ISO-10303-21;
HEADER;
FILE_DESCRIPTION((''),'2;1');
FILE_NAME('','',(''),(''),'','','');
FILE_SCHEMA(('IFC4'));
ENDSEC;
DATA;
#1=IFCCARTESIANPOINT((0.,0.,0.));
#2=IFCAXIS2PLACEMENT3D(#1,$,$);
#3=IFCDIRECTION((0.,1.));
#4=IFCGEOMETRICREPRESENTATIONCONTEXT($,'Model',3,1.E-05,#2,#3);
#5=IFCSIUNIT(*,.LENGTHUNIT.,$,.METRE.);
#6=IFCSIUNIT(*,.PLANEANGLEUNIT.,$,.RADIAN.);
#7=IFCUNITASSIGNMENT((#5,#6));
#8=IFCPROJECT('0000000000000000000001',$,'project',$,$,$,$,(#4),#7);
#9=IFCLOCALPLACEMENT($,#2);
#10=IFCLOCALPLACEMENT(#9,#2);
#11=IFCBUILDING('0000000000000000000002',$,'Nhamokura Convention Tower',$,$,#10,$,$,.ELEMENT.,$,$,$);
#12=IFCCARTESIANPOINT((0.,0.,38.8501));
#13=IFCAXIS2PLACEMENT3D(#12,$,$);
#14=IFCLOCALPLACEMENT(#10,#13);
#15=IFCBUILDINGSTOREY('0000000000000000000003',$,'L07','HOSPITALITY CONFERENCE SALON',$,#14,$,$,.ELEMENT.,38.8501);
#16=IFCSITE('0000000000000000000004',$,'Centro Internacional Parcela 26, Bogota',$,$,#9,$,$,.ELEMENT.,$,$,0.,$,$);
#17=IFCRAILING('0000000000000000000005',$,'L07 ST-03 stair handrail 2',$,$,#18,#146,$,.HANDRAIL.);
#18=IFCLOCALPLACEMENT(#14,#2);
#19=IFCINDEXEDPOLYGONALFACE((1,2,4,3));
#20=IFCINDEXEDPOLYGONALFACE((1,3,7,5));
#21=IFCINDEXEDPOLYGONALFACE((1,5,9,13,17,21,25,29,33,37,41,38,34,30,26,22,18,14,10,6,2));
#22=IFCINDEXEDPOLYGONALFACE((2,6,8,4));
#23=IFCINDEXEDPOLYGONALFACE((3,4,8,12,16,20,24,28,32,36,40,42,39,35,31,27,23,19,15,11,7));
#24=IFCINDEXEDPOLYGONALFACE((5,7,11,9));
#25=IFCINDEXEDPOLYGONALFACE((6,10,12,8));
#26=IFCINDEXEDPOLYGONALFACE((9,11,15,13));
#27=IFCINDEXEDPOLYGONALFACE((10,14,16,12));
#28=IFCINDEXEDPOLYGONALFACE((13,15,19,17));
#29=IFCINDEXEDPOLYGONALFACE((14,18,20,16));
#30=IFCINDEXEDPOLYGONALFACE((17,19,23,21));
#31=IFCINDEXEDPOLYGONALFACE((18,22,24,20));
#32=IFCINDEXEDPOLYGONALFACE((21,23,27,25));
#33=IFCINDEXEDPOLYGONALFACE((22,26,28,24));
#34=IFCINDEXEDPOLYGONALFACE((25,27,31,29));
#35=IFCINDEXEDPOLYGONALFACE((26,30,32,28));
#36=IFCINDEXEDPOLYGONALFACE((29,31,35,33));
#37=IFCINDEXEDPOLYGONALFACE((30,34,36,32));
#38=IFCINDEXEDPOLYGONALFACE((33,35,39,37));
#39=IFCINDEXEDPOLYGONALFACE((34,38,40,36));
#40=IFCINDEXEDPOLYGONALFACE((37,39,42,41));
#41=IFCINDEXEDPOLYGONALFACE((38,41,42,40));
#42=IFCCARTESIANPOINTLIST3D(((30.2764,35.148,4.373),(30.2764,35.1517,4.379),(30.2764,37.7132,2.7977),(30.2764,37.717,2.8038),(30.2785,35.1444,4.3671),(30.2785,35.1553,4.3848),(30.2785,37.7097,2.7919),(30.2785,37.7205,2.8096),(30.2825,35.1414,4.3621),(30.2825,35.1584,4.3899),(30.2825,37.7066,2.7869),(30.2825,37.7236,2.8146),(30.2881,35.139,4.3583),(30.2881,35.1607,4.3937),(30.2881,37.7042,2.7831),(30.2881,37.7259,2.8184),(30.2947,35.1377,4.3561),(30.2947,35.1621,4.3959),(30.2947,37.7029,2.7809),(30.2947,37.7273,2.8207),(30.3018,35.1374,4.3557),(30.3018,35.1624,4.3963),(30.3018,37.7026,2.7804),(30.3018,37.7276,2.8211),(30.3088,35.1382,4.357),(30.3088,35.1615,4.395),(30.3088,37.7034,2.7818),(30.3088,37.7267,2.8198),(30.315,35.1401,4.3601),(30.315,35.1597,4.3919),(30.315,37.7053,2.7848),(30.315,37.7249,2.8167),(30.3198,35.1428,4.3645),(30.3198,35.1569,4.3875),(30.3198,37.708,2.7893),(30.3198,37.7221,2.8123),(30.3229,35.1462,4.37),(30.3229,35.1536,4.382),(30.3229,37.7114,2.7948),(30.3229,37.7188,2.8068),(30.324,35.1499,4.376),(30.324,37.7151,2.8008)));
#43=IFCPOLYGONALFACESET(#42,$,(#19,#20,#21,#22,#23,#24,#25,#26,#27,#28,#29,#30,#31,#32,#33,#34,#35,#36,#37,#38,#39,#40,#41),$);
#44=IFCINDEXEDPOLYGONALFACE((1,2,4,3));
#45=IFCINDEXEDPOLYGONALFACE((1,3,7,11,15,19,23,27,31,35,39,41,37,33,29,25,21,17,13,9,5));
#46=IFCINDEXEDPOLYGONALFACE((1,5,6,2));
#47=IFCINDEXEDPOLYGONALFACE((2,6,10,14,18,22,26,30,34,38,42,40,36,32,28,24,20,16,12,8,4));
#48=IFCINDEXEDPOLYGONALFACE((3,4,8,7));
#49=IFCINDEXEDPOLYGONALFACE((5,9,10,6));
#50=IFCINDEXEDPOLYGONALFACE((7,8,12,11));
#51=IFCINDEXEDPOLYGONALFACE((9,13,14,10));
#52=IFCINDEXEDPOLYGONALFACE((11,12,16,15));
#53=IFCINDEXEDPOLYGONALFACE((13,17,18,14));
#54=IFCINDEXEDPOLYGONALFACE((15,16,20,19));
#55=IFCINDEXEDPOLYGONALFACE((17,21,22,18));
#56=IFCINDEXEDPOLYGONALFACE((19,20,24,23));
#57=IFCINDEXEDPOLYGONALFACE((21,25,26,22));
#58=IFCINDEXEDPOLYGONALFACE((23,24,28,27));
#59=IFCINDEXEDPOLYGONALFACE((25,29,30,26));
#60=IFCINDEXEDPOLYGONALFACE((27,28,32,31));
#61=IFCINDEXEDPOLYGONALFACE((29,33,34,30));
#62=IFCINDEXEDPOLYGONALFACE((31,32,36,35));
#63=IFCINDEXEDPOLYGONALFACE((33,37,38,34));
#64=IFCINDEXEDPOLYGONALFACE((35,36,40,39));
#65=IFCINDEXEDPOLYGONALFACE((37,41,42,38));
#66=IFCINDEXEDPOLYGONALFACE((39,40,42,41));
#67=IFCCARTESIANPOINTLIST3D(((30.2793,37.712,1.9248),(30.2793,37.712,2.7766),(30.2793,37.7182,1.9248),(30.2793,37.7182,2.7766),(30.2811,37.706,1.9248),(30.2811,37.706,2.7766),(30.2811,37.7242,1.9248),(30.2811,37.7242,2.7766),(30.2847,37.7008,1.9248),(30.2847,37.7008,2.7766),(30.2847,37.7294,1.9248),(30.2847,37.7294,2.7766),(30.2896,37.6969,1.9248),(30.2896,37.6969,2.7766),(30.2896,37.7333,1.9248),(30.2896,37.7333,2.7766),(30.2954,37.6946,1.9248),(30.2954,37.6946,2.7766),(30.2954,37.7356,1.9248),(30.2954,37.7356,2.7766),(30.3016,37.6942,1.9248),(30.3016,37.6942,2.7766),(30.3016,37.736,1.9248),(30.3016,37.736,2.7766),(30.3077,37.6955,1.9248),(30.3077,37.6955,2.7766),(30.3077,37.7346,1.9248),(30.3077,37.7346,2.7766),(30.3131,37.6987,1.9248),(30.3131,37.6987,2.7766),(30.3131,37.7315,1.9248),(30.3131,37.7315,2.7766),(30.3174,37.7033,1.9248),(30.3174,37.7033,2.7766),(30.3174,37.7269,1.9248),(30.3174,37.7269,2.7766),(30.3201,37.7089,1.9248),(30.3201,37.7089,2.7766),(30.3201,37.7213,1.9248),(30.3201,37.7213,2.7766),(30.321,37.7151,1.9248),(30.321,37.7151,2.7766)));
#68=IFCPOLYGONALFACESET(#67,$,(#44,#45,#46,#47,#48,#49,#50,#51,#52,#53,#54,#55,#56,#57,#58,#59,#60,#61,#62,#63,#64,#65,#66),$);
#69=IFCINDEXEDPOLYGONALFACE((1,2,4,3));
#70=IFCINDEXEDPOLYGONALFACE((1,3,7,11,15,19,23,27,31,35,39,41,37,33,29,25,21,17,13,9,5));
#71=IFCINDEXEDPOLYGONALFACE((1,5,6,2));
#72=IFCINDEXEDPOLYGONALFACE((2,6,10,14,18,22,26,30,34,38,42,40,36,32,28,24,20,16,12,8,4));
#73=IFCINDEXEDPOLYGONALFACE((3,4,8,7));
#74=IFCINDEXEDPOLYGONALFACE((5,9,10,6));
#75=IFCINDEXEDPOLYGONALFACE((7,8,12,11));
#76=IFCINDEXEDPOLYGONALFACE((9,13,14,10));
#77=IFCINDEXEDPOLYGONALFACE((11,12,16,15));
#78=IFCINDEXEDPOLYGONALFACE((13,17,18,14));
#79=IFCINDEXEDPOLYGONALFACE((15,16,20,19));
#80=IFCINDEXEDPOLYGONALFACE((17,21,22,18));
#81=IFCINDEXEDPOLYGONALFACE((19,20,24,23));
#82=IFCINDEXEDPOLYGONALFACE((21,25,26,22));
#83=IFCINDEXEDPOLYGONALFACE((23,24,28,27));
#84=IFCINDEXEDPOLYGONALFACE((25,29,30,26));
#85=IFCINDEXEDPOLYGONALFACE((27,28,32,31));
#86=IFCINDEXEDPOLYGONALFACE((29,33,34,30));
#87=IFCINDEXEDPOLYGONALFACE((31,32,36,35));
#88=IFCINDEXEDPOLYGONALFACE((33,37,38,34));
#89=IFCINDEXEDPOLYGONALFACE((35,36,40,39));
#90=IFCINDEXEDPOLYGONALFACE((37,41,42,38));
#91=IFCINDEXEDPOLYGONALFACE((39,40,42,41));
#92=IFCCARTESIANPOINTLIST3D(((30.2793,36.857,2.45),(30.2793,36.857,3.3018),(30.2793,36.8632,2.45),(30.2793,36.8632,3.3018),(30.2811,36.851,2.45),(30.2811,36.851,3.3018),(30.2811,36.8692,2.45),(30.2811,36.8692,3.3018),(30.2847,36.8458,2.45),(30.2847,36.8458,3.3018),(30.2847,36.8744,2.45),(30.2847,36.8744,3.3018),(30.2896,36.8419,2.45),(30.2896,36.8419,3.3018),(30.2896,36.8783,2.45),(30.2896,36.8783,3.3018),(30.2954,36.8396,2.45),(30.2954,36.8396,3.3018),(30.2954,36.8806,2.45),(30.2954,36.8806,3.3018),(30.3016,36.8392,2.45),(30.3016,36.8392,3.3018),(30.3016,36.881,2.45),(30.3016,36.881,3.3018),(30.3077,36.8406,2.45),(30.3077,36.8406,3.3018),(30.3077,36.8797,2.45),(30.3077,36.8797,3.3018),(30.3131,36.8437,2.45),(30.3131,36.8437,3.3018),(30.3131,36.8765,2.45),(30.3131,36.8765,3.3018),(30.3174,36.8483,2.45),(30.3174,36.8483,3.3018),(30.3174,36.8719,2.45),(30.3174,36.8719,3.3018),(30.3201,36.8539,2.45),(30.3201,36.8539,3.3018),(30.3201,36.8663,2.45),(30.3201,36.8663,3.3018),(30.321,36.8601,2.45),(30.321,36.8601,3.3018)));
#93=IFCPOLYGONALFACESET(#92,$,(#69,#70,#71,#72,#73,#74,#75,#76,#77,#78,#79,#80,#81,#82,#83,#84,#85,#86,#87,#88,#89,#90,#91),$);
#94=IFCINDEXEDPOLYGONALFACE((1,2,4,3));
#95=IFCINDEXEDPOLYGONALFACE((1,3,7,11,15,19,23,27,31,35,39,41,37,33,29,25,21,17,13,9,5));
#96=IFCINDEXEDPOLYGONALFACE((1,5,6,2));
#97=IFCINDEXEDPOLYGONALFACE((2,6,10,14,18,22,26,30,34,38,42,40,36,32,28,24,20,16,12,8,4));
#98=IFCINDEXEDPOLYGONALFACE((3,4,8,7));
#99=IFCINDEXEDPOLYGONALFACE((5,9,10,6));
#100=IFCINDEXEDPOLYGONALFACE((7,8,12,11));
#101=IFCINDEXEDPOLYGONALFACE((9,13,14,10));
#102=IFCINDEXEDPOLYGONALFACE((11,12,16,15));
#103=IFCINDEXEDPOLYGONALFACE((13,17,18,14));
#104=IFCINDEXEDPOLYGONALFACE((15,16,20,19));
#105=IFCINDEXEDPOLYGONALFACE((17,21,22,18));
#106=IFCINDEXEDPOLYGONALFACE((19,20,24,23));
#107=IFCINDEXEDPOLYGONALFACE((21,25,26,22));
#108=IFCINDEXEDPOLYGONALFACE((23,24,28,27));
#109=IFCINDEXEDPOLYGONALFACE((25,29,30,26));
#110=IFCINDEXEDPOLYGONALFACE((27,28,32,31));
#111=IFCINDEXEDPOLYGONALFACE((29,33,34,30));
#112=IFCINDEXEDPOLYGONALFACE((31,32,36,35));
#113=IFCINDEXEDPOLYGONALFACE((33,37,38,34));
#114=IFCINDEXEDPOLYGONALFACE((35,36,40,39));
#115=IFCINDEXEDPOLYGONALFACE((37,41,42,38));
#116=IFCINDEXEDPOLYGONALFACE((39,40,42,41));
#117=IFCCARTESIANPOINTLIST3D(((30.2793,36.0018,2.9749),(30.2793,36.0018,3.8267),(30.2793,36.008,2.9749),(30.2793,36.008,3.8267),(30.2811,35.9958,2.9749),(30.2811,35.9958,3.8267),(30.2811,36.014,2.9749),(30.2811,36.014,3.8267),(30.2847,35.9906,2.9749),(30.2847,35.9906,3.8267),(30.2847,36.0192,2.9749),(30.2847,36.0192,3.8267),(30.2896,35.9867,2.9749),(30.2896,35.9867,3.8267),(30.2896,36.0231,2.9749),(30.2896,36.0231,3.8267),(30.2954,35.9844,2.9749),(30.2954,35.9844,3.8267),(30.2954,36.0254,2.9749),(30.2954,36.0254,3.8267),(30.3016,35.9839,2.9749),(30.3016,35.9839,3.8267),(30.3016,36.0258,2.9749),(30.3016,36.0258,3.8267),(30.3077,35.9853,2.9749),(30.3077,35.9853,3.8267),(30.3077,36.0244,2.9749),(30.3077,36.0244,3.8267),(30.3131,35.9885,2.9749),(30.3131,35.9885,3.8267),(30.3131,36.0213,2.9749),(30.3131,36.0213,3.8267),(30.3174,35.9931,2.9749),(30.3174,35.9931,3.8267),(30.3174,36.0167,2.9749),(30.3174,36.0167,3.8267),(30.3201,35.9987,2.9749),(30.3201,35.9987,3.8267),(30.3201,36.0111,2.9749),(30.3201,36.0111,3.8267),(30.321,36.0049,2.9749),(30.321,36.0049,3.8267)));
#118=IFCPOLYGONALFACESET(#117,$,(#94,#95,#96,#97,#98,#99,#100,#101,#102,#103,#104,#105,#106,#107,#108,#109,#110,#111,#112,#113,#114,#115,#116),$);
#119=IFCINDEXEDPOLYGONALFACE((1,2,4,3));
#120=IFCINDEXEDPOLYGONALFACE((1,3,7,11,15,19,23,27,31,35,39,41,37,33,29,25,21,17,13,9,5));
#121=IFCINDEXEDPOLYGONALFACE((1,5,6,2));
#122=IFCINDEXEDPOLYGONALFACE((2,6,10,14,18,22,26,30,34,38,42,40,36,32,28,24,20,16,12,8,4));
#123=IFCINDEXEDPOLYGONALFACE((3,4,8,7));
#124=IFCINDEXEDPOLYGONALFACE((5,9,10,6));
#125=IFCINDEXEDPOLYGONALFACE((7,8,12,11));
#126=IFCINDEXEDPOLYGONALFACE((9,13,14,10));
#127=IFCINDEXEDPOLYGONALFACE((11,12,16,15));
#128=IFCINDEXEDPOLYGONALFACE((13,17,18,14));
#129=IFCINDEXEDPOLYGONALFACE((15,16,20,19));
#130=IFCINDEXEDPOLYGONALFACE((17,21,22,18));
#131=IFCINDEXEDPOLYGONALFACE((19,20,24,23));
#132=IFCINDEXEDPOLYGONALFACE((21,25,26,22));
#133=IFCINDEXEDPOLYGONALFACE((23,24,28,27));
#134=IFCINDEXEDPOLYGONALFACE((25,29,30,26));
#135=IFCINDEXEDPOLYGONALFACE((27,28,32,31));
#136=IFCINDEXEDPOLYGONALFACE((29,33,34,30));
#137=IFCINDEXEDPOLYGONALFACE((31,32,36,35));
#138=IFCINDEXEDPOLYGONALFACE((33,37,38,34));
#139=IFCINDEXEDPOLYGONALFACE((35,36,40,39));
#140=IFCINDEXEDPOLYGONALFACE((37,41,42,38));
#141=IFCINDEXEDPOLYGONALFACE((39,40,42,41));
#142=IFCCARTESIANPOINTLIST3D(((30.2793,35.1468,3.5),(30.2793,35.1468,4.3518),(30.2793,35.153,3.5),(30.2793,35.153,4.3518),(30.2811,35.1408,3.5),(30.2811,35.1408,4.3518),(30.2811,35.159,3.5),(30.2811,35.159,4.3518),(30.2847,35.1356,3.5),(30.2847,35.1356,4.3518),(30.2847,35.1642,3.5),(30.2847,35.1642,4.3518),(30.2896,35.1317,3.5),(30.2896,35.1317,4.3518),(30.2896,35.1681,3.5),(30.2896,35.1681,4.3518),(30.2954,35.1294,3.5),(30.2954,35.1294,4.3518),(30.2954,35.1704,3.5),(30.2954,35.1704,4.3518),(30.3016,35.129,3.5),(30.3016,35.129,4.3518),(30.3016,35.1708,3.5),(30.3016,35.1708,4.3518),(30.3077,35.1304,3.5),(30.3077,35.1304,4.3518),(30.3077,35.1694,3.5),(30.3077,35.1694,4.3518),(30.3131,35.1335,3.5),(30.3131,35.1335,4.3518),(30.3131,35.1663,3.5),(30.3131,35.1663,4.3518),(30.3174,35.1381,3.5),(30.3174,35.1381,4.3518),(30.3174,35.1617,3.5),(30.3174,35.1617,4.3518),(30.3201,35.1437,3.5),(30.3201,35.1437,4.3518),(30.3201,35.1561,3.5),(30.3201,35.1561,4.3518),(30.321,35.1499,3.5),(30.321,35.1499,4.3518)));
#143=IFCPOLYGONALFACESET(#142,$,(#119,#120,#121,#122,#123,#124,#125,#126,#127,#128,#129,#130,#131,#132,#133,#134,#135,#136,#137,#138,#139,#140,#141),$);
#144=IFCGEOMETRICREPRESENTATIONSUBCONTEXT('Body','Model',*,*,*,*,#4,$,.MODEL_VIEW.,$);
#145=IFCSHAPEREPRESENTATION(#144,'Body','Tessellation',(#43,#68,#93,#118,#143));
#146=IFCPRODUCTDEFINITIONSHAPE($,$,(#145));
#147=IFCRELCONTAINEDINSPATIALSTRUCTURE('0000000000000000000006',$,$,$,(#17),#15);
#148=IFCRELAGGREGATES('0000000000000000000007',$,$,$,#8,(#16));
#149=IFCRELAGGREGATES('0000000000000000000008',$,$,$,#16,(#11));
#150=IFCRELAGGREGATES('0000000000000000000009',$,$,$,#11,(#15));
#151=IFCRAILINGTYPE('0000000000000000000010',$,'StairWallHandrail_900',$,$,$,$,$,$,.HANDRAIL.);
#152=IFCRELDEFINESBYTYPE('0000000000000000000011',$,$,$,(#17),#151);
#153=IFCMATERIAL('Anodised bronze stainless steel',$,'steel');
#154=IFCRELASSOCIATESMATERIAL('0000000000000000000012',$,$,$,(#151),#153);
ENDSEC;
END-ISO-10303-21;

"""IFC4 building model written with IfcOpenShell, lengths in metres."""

from ifc_helpers import new_model, si_unit, direction, frame, origin, origin_2d, place, context, subcontext, project, spatial, circle, extrude, material, type_object, element, save


model = new_model("IFC4")

# Units and contexts
model_context = context("Model", 3, precision=1e-05, world=origin(), true_north=direction((0.0, 1.0)))
body_context = subcontext(model_context, "Body", "Model", "MODEL_VIEW")
ifc_project = project(units=[si_unit("LENGTHUNIT", "METRE"), si_unit("PLANEANGLEUNIT", "RADIAN")], contexts=[model_context])

# Site, building, storey
site_placement = place(None, origin())
site = spatial("IfcSite", under=ifc_project, at=site_placement, Name="Centro Internacional Parcela 26, Bogota", CompositionType="ELEMENT", RefElevation=0.0)
building_placement = place(site_placement, origin())
building = spatial("IfcBuilding", under=site, at=building_placement, Name="Nhamokura Convention Tower", CompositionType="ELEMENT")
storey_placement = place(building_placement, frame((0.0, 0.0, 38.8501)))
storey = spatial("IfcBuildingStorey", under=building, at=storey_placement, Name="L07", Description="HOSPITALITY CONFERENCE SALON", CompositionType="ELEMENT", Elevation=38.8501)

# Railing
ifc_material_1 = material(Name="Anodised bronze stainless steel", Category="steel")
railing_type_1 = type_object("IfcRailingType", Name="StairWallHandrail_900", PredefinedType="HANDRAIL", material=ifc_material_1)
railing_1_placement = place(storey_placement, frame((30.3, 37.7151, 1.9248)))
element("IfcRailing", 1, at=railing_1_placement, inside=storey, type_object=railing_type_1, Name="L07 ST-03 stair handrail 2", PredefinedType="HANDRAIL", context=body_context, shape_type="SweptSolid", body=[
    extrude(circle(Radius=0.0239, at=origin_2d()), frame((0.0, 0.0, 0.876), z_axis=(0.0, -0.852159, 0.523283), x_axis=(1.0, 0.0, 0.0)), (0.0, 0.0, 1.0), 3.0103),
    extrude(circle(Radius=0.021, at=origin_2d()), origin(), (0.0, 0.0, 1.0), 0.8518),
    extrude(circle(Radius=0.021, at=origin_2d()), frame((0.0, -0.855, 0.5251)), (0.0, 0.0, 1.0), 0.8518),
    extrude(circle(Radius=0.021, at=origin_2d()), frame((0.0, -1.7102, 1.05)), (0.0, 0.0, 1.0), 0.8518),
    extrude(circle(Radius=0.021, at=origin_2d()), frame((0.0, -2.5652, 1.5752)), (0.0, 0.0, 1.0), 0.8518),
])

save(model, "model.ifc")
